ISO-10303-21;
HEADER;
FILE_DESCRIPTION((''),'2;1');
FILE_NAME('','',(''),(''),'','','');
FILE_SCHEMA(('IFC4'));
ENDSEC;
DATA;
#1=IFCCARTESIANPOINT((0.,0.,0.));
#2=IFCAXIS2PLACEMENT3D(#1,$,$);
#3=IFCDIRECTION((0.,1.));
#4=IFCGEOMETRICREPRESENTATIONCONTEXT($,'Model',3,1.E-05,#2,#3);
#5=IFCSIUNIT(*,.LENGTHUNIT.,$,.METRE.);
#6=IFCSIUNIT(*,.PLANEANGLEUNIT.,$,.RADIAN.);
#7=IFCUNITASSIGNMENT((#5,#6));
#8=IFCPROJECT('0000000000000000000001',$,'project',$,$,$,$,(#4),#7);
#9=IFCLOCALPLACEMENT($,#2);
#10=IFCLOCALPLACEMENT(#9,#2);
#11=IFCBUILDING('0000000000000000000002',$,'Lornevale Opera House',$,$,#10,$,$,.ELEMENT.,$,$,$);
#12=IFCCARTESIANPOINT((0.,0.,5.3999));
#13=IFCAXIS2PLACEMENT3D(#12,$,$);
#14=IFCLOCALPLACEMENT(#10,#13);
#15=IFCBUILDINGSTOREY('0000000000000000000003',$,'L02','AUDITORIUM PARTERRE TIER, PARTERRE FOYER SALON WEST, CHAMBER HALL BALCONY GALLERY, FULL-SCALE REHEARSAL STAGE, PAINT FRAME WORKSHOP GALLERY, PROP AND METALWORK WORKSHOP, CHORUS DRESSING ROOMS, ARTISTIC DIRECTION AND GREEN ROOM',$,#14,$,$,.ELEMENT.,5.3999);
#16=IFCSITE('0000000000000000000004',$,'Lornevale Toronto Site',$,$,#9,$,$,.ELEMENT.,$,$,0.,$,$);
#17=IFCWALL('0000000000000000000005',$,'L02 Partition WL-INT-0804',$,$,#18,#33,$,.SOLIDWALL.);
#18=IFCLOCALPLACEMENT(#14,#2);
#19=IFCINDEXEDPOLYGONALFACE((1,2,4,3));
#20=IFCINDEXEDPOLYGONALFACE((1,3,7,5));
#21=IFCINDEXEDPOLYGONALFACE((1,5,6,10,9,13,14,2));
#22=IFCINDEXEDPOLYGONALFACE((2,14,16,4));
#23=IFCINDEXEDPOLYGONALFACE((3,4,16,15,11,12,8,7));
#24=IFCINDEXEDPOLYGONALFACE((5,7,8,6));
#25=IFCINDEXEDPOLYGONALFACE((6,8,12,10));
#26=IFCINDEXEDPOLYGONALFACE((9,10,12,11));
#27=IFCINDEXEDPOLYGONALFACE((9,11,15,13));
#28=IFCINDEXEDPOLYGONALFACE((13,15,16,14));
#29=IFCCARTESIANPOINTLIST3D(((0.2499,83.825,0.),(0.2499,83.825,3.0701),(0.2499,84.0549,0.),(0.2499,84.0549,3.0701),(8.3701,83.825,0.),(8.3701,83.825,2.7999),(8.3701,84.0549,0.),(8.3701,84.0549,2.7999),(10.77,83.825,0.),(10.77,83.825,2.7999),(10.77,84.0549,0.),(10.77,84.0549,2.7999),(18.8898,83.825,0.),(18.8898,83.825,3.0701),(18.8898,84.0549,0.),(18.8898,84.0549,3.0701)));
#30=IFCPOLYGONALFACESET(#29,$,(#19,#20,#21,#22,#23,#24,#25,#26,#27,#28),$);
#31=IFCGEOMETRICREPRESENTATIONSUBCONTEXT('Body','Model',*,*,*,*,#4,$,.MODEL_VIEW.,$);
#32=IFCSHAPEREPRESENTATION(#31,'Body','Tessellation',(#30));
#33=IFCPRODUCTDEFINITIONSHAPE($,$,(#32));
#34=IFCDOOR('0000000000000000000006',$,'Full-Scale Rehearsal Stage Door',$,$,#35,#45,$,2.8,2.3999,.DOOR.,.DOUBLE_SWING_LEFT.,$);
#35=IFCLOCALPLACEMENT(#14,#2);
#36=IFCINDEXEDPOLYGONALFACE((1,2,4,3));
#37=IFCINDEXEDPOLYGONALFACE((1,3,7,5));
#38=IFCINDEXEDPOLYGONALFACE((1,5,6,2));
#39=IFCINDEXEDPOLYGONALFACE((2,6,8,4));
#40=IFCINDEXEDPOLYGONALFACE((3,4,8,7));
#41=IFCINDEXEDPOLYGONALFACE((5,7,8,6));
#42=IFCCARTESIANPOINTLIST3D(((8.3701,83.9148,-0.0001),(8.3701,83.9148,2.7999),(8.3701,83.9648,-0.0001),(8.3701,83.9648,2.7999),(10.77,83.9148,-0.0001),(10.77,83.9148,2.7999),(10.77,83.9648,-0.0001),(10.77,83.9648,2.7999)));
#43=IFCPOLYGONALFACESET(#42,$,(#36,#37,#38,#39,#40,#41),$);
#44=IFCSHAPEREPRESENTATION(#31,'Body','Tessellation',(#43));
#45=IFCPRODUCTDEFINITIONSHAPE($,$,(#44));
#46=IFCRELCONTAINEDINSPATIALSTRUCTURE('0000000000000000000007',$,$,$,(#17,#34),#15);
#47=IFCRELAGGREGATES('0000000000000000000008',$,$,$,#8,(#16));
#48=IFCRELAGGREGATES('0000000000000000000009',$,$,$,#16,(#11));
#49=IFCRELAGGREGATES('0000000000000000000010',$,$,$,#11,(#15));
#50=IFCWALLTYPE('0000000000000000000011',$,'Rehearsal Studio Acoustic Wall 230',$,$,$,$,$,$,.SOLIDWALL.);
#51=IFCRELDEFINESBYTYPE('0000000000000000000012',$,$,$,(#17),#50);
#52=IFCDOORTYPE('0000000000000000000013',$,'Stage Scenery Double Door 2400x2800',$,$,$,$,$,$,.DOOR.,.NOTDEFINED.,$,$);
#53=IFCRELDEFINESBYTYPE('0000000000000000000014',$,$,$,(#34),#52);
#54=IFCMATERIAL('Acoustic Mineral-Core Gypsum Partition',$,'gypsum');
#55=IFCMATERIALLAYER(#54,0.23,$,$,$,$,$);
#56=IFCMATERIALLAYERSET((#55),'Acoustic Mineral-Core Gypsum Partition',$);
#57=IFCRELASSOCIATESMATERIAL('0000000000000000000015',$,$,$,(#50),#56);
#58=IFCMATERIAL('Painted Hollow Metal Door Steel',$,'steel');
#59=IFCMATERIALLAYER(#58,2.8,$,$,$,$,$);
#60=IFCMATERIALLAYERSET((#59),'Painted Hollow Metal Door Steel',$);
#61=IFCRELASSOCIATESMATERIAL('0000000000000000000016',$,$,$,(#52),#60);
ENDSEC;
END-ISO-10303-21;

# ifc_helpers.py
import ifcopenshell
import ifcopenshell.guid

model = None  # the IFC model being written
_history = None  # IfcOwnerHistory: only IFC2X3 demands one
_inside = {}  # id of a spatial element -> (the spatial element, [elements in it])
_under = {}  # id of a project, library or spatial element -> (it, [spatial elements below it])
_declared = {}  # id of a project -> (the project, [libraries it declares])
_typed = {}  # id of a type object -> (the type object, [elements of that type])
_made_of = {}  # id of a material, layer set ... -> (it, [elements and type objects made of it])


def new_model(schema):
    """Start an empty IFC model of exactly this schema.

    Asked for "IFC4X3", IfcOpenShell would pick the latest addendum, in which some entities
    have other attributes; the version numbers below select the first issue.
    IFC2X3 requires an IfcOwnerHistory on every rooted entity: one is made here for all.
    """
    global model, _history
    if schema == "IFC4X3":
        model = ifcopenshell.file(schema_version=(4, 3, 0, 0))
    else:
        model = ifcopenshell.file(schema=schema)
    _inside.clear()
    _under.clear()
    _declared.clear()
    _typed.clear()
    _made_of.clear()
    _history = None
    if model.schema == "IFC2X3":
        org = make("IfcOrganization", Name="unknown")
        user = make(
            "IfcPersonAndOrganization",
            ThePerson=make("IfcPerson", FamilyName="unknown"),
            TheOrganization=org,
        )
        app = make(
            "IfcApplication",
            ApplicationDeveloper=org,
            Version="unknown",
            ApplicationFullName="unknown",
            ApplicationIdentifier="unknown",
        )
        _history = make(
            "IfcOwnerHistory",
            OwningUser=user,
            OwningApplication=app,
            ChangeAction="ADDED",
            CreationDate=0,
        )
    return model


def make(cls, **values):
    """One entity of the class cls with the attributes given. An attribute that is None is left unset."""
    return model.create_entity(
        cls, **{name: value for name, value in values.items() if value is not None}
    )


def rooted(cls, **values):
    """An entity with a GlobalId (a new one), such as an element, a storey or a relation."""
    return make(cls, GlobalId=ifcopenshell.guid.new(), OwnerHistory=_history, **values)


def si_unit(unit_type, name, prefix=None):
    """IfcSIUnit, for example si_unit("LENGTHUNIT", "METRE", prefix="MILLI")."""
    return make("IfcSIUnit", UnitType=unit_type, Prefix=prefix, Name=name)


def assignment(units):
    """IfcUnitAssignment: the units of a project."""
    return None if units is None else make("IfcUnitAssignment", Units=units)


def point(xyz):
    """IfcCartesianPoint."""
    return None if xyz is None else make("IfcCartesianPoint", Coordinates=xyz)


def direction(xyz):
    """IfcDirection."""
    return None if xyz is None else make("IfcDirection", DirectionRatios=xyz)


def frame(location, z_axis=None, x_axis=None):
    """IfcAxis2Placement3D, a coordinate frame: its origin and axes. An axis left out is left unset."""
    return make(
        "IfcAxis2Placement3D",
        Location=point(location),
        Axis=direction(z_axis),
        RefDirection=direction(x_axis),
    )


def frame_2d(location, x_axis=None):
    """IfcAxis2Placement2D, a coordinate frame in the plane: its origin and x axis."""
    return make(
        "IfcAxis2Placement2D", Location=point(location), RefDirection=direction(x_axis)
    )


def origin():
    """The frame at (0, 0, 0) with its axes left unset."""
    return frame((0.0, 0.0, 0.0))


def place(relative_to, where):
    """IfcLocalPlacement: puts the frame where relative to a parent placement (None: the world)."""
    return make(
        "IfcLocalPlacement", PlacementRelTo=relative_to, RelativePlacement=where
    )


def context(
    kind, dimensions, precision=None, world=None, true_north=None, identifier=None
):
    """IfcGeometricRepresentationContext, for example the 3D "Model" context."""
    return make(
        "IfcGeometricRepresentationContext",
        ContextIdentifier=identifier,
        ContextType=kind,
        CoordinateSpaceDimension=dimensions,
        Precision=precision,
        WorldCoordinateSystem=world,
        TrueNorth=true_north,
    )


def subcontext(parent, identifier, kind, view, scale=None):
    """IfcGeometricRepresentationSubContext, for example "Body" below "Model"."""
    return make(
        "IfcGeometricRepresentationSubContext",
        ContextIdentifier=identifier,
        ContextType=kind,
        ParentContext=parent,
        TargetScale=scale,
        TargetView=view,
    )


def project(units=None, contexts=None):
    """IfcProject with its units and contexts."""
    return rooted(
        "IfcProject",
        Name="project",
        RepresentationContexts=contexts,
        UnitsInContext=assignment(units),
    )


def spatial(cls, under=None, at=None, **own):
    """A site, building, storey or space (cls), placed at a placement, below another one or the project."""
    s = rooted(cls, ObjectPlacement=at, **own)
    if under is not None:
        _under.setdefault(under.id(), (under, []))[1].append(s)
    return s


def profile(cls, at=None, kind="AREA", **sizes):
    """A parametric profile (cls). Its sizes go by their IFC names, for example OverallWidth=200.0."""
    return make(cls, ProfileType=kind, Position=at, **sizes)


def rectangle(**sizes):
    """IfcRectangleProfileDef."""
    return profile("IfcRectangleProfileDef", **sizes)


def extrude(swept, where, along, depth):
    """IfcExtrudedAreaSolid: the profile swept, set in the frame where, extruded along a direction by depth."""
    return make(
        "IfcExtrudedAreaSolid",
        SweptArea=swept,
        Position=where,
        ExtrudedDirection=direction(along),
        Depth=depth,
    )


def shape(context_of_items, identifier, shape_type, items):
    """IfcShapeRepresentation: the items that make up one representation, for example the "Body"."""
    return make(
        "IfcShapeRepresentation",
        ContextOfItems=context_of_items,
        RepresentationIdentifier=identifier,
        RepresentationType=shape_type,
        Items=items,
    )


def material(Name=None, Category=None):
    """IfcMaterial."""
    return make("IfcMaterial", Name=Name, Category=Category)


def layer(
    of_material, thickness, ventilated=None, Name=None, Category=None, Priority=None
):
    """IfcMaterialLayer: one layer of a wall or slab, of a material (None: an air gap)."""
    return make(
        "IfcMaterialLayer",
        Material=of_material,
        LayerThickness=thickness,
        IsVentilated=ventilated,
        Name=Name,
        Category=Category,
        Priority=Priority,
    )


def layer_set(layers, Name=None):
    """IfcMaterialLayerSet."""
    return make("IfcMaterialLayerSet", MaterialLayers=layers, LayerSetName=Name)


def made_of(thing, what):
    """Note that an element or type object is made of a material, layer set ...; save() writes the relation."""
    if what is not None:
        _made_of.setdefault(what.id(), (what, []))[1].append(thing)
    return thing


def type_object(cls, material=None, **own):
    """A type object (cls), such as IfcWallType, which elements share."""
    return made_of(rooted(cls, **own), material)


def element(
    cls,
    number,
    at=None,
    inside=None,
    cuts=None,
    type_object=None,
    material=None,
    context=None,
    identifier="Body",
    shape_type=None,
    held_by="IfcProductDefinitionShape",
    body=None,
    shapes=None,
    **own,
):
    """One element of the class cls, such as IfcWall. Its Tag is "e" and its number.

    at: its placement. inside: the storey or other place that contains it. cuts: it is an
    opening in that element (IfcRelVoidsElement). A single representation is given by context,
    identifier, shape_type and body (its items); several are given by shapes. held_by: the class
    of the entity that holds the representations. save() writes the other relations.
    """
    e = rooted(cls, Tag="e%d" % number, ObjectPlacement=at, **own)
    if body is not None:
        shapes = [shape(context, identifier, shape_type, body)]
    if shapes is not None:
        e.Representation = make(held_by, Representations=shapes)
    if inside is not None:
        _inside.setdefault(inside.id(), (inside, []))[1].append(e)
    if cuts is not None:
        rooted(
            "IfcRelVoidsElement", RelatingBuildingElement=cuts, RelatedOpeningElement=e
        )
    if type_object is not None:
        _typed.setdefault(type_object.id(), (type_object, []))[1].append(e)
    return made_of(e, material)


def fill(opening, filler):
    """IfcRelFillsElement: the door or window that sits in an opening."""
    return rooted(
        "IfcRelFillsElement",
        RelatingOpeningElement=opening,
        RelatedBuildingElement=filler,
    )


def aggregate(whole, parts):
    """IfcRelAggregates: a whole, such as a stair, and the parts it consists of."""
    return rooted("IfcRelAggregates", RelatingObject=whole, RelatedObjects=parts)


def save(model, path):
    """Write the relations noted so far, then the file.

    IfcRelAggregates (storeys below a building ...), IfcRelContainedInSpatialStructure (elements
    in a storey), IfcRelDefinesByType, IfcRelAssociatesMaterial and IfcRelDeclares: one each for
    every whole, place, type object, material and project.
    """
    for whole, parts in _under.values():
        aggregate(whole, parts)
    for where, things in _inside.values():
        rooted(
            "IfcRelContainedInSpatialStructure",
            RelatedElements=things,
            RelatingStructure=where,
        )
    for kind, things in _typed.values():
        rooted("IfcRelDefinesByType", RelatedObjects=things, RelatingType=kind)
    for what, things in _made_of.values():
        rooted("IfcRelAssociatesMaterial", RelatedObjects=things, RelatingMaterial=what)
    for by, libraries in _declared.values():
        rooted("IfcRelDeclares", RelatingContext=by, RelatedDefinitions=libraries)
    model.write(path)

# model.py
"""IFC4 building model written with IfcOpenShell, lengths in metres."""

from ifc_helpers import new_model, si_unit, direction, frame, frame_2d, origin, place, context, subcontext, project, spatial, rectangle, extrude, material, layer, layer_set, type_object, element, fill, save


model = new_model("IFC4")

# Units and contexts
model_context = context("Model", 3, precision=1e-05, world=origin(), true_north=direction((0.0, 1.0)))
body_context = subcontext(model_context, "Body", "Model", "MODEL_VIEW")
ifc_project = project(units=[si_unit("LENGTHUNIT", "METRE"), si_unit("PLANEANGLEUNIT", "RADIAN")], contexts=[model_context])

# Site, building, storey
site_placement = place(None, origin())
site = spatial("IfcSite", under=ifc_project, at=site_placement, Name="Lornevale Toronto Site", CompositionType="ELEMENT", RefElevation=0.0)
building_placement = place(site_placement, origin())
building = spatial("IfcBuilding", under=site, at=building_placement, Name="Lornevale Opera House", CompositionType="ELEMENT")
storey_placement = place(building_placement, frame((0.0, 0.0, 5.3999)))
storey = spatial("IfcBuildingStorey", under=building, at=storey_placement, Name="L02", Description="AUDITORIUM PARTERRE TIER, PARTERRE FOYER SALON WEST, CHAMBER HALL BALCONY GALLERY, FULL-SCALE REHEARSAL STAGE, PAINT FRAME WORKSHOP GALLERY, PROP AND METALWORK WORKSHOP, CHORUS DRESSING ROOMS, ARTISTIC DIRECTION AND GREEN ROOM", CompositionType="ELEMENT", Elevation=5.3999)

# Shared definitions
ifc_material_1 = material(Name="Acoustic Mineral-Core Gypsum Partition", Category="gypsum")
ifc_layer_1 = layer(ifc_material_1, 0.23)
ifc_layer_set_1 = layer_set([ifc_layer_1], Name="Acoustic Mineral-Core Gypsum Partition")
wall_type_1 = type_object("IfcWallType", Name="Rehearsal Studio Acoustic Wall 230", PredefinedType="SOLIDWALL", material=ifc_layer_set_1)

# Wall, opening, door
wall_1_placement = place(storey_placement, frame((0.25, 83.9399, 0.0), z_axis=(0.0, 0.0, 1.0), x_axis=(1.0, 0.0, 0.0)))
wall_1 = element("IfcWall", 1, at=wall_1_placement, inside=storey, type_object=wall_type_1, Name="L02 Partition WL-INT-0804", PredefinedType="SOLIDWALL", context=body_context, shape_type="SweptSolid", body=[
    extrude(rectangle(XDim=18.6399, YDim=0.23, at=frame_2d((9.3198, 0.0))), origin(), (0.0, 0.0, 1.0), 3.0701),
])
opening_1_placement = place(wall_1_placement, frame((8.1201, 0.0, 0.0)))
opening_1 = element("IfcOpeningElement", 2, at=opening_1_placement, cuts=wall_1, PredefinedType="OPENING", context=body_context, shape_type="SweptSolid", body=[
    extrude(rectangle(XDim=2.3999, YDim=2.8, at=frame_2d((1.2, 1.3999))), frame((0.0, 0.125, 0.0), z_axis=(0.0, -1.0, 0.0), x_axis=(1.0, 0.0, 0.0)), (0.0, 0.0, 1.0), 0.25),
])
ifc_material_2 = material(Name="Painted Hollow Metal Door Steel", Category="steel")
ifc_layer_2 = layer(ifc_material_2, 2.8)
ifc_layer_set_2 = layer_set([ifc_layer_2], Name="Painted Hollow Metal Door Steel")
door_type = type_object("IfcDoorType", Name="Stage Scenery Double Door 2400x2800", OperationType="NOTDEFINED", PredefinedType="DOOR", material=ifc_layer_set_2)
door_placement = place(opening_1_placement, origin())
door = element("IfcDoor", 3, at=door_placement, inside=storey, type_object=door_type, Name="Full-Scale Rehearsal Stage Door", OperationType="DOUBLE_SWING_LEFT", OverallHeight=2.8, OverallWidth=2.3999, PredefinedType="DOOR", context=body_context, shape_type="SweptSolid", body=[
    extrude(rectangle(XDim=2.3999, YDim=2.8, at=frame_2d((1.2, 1.3999))), frame((0.0, 0.0249, 0.0), z_axis=(0.0, -1.0, 0.0), x_axis=(1.0, 0.0, 0.0)), (0.0, 0.0, 1.0), 0.05),
])
fill(opening_1, door)

save(model, "model.ifc")
